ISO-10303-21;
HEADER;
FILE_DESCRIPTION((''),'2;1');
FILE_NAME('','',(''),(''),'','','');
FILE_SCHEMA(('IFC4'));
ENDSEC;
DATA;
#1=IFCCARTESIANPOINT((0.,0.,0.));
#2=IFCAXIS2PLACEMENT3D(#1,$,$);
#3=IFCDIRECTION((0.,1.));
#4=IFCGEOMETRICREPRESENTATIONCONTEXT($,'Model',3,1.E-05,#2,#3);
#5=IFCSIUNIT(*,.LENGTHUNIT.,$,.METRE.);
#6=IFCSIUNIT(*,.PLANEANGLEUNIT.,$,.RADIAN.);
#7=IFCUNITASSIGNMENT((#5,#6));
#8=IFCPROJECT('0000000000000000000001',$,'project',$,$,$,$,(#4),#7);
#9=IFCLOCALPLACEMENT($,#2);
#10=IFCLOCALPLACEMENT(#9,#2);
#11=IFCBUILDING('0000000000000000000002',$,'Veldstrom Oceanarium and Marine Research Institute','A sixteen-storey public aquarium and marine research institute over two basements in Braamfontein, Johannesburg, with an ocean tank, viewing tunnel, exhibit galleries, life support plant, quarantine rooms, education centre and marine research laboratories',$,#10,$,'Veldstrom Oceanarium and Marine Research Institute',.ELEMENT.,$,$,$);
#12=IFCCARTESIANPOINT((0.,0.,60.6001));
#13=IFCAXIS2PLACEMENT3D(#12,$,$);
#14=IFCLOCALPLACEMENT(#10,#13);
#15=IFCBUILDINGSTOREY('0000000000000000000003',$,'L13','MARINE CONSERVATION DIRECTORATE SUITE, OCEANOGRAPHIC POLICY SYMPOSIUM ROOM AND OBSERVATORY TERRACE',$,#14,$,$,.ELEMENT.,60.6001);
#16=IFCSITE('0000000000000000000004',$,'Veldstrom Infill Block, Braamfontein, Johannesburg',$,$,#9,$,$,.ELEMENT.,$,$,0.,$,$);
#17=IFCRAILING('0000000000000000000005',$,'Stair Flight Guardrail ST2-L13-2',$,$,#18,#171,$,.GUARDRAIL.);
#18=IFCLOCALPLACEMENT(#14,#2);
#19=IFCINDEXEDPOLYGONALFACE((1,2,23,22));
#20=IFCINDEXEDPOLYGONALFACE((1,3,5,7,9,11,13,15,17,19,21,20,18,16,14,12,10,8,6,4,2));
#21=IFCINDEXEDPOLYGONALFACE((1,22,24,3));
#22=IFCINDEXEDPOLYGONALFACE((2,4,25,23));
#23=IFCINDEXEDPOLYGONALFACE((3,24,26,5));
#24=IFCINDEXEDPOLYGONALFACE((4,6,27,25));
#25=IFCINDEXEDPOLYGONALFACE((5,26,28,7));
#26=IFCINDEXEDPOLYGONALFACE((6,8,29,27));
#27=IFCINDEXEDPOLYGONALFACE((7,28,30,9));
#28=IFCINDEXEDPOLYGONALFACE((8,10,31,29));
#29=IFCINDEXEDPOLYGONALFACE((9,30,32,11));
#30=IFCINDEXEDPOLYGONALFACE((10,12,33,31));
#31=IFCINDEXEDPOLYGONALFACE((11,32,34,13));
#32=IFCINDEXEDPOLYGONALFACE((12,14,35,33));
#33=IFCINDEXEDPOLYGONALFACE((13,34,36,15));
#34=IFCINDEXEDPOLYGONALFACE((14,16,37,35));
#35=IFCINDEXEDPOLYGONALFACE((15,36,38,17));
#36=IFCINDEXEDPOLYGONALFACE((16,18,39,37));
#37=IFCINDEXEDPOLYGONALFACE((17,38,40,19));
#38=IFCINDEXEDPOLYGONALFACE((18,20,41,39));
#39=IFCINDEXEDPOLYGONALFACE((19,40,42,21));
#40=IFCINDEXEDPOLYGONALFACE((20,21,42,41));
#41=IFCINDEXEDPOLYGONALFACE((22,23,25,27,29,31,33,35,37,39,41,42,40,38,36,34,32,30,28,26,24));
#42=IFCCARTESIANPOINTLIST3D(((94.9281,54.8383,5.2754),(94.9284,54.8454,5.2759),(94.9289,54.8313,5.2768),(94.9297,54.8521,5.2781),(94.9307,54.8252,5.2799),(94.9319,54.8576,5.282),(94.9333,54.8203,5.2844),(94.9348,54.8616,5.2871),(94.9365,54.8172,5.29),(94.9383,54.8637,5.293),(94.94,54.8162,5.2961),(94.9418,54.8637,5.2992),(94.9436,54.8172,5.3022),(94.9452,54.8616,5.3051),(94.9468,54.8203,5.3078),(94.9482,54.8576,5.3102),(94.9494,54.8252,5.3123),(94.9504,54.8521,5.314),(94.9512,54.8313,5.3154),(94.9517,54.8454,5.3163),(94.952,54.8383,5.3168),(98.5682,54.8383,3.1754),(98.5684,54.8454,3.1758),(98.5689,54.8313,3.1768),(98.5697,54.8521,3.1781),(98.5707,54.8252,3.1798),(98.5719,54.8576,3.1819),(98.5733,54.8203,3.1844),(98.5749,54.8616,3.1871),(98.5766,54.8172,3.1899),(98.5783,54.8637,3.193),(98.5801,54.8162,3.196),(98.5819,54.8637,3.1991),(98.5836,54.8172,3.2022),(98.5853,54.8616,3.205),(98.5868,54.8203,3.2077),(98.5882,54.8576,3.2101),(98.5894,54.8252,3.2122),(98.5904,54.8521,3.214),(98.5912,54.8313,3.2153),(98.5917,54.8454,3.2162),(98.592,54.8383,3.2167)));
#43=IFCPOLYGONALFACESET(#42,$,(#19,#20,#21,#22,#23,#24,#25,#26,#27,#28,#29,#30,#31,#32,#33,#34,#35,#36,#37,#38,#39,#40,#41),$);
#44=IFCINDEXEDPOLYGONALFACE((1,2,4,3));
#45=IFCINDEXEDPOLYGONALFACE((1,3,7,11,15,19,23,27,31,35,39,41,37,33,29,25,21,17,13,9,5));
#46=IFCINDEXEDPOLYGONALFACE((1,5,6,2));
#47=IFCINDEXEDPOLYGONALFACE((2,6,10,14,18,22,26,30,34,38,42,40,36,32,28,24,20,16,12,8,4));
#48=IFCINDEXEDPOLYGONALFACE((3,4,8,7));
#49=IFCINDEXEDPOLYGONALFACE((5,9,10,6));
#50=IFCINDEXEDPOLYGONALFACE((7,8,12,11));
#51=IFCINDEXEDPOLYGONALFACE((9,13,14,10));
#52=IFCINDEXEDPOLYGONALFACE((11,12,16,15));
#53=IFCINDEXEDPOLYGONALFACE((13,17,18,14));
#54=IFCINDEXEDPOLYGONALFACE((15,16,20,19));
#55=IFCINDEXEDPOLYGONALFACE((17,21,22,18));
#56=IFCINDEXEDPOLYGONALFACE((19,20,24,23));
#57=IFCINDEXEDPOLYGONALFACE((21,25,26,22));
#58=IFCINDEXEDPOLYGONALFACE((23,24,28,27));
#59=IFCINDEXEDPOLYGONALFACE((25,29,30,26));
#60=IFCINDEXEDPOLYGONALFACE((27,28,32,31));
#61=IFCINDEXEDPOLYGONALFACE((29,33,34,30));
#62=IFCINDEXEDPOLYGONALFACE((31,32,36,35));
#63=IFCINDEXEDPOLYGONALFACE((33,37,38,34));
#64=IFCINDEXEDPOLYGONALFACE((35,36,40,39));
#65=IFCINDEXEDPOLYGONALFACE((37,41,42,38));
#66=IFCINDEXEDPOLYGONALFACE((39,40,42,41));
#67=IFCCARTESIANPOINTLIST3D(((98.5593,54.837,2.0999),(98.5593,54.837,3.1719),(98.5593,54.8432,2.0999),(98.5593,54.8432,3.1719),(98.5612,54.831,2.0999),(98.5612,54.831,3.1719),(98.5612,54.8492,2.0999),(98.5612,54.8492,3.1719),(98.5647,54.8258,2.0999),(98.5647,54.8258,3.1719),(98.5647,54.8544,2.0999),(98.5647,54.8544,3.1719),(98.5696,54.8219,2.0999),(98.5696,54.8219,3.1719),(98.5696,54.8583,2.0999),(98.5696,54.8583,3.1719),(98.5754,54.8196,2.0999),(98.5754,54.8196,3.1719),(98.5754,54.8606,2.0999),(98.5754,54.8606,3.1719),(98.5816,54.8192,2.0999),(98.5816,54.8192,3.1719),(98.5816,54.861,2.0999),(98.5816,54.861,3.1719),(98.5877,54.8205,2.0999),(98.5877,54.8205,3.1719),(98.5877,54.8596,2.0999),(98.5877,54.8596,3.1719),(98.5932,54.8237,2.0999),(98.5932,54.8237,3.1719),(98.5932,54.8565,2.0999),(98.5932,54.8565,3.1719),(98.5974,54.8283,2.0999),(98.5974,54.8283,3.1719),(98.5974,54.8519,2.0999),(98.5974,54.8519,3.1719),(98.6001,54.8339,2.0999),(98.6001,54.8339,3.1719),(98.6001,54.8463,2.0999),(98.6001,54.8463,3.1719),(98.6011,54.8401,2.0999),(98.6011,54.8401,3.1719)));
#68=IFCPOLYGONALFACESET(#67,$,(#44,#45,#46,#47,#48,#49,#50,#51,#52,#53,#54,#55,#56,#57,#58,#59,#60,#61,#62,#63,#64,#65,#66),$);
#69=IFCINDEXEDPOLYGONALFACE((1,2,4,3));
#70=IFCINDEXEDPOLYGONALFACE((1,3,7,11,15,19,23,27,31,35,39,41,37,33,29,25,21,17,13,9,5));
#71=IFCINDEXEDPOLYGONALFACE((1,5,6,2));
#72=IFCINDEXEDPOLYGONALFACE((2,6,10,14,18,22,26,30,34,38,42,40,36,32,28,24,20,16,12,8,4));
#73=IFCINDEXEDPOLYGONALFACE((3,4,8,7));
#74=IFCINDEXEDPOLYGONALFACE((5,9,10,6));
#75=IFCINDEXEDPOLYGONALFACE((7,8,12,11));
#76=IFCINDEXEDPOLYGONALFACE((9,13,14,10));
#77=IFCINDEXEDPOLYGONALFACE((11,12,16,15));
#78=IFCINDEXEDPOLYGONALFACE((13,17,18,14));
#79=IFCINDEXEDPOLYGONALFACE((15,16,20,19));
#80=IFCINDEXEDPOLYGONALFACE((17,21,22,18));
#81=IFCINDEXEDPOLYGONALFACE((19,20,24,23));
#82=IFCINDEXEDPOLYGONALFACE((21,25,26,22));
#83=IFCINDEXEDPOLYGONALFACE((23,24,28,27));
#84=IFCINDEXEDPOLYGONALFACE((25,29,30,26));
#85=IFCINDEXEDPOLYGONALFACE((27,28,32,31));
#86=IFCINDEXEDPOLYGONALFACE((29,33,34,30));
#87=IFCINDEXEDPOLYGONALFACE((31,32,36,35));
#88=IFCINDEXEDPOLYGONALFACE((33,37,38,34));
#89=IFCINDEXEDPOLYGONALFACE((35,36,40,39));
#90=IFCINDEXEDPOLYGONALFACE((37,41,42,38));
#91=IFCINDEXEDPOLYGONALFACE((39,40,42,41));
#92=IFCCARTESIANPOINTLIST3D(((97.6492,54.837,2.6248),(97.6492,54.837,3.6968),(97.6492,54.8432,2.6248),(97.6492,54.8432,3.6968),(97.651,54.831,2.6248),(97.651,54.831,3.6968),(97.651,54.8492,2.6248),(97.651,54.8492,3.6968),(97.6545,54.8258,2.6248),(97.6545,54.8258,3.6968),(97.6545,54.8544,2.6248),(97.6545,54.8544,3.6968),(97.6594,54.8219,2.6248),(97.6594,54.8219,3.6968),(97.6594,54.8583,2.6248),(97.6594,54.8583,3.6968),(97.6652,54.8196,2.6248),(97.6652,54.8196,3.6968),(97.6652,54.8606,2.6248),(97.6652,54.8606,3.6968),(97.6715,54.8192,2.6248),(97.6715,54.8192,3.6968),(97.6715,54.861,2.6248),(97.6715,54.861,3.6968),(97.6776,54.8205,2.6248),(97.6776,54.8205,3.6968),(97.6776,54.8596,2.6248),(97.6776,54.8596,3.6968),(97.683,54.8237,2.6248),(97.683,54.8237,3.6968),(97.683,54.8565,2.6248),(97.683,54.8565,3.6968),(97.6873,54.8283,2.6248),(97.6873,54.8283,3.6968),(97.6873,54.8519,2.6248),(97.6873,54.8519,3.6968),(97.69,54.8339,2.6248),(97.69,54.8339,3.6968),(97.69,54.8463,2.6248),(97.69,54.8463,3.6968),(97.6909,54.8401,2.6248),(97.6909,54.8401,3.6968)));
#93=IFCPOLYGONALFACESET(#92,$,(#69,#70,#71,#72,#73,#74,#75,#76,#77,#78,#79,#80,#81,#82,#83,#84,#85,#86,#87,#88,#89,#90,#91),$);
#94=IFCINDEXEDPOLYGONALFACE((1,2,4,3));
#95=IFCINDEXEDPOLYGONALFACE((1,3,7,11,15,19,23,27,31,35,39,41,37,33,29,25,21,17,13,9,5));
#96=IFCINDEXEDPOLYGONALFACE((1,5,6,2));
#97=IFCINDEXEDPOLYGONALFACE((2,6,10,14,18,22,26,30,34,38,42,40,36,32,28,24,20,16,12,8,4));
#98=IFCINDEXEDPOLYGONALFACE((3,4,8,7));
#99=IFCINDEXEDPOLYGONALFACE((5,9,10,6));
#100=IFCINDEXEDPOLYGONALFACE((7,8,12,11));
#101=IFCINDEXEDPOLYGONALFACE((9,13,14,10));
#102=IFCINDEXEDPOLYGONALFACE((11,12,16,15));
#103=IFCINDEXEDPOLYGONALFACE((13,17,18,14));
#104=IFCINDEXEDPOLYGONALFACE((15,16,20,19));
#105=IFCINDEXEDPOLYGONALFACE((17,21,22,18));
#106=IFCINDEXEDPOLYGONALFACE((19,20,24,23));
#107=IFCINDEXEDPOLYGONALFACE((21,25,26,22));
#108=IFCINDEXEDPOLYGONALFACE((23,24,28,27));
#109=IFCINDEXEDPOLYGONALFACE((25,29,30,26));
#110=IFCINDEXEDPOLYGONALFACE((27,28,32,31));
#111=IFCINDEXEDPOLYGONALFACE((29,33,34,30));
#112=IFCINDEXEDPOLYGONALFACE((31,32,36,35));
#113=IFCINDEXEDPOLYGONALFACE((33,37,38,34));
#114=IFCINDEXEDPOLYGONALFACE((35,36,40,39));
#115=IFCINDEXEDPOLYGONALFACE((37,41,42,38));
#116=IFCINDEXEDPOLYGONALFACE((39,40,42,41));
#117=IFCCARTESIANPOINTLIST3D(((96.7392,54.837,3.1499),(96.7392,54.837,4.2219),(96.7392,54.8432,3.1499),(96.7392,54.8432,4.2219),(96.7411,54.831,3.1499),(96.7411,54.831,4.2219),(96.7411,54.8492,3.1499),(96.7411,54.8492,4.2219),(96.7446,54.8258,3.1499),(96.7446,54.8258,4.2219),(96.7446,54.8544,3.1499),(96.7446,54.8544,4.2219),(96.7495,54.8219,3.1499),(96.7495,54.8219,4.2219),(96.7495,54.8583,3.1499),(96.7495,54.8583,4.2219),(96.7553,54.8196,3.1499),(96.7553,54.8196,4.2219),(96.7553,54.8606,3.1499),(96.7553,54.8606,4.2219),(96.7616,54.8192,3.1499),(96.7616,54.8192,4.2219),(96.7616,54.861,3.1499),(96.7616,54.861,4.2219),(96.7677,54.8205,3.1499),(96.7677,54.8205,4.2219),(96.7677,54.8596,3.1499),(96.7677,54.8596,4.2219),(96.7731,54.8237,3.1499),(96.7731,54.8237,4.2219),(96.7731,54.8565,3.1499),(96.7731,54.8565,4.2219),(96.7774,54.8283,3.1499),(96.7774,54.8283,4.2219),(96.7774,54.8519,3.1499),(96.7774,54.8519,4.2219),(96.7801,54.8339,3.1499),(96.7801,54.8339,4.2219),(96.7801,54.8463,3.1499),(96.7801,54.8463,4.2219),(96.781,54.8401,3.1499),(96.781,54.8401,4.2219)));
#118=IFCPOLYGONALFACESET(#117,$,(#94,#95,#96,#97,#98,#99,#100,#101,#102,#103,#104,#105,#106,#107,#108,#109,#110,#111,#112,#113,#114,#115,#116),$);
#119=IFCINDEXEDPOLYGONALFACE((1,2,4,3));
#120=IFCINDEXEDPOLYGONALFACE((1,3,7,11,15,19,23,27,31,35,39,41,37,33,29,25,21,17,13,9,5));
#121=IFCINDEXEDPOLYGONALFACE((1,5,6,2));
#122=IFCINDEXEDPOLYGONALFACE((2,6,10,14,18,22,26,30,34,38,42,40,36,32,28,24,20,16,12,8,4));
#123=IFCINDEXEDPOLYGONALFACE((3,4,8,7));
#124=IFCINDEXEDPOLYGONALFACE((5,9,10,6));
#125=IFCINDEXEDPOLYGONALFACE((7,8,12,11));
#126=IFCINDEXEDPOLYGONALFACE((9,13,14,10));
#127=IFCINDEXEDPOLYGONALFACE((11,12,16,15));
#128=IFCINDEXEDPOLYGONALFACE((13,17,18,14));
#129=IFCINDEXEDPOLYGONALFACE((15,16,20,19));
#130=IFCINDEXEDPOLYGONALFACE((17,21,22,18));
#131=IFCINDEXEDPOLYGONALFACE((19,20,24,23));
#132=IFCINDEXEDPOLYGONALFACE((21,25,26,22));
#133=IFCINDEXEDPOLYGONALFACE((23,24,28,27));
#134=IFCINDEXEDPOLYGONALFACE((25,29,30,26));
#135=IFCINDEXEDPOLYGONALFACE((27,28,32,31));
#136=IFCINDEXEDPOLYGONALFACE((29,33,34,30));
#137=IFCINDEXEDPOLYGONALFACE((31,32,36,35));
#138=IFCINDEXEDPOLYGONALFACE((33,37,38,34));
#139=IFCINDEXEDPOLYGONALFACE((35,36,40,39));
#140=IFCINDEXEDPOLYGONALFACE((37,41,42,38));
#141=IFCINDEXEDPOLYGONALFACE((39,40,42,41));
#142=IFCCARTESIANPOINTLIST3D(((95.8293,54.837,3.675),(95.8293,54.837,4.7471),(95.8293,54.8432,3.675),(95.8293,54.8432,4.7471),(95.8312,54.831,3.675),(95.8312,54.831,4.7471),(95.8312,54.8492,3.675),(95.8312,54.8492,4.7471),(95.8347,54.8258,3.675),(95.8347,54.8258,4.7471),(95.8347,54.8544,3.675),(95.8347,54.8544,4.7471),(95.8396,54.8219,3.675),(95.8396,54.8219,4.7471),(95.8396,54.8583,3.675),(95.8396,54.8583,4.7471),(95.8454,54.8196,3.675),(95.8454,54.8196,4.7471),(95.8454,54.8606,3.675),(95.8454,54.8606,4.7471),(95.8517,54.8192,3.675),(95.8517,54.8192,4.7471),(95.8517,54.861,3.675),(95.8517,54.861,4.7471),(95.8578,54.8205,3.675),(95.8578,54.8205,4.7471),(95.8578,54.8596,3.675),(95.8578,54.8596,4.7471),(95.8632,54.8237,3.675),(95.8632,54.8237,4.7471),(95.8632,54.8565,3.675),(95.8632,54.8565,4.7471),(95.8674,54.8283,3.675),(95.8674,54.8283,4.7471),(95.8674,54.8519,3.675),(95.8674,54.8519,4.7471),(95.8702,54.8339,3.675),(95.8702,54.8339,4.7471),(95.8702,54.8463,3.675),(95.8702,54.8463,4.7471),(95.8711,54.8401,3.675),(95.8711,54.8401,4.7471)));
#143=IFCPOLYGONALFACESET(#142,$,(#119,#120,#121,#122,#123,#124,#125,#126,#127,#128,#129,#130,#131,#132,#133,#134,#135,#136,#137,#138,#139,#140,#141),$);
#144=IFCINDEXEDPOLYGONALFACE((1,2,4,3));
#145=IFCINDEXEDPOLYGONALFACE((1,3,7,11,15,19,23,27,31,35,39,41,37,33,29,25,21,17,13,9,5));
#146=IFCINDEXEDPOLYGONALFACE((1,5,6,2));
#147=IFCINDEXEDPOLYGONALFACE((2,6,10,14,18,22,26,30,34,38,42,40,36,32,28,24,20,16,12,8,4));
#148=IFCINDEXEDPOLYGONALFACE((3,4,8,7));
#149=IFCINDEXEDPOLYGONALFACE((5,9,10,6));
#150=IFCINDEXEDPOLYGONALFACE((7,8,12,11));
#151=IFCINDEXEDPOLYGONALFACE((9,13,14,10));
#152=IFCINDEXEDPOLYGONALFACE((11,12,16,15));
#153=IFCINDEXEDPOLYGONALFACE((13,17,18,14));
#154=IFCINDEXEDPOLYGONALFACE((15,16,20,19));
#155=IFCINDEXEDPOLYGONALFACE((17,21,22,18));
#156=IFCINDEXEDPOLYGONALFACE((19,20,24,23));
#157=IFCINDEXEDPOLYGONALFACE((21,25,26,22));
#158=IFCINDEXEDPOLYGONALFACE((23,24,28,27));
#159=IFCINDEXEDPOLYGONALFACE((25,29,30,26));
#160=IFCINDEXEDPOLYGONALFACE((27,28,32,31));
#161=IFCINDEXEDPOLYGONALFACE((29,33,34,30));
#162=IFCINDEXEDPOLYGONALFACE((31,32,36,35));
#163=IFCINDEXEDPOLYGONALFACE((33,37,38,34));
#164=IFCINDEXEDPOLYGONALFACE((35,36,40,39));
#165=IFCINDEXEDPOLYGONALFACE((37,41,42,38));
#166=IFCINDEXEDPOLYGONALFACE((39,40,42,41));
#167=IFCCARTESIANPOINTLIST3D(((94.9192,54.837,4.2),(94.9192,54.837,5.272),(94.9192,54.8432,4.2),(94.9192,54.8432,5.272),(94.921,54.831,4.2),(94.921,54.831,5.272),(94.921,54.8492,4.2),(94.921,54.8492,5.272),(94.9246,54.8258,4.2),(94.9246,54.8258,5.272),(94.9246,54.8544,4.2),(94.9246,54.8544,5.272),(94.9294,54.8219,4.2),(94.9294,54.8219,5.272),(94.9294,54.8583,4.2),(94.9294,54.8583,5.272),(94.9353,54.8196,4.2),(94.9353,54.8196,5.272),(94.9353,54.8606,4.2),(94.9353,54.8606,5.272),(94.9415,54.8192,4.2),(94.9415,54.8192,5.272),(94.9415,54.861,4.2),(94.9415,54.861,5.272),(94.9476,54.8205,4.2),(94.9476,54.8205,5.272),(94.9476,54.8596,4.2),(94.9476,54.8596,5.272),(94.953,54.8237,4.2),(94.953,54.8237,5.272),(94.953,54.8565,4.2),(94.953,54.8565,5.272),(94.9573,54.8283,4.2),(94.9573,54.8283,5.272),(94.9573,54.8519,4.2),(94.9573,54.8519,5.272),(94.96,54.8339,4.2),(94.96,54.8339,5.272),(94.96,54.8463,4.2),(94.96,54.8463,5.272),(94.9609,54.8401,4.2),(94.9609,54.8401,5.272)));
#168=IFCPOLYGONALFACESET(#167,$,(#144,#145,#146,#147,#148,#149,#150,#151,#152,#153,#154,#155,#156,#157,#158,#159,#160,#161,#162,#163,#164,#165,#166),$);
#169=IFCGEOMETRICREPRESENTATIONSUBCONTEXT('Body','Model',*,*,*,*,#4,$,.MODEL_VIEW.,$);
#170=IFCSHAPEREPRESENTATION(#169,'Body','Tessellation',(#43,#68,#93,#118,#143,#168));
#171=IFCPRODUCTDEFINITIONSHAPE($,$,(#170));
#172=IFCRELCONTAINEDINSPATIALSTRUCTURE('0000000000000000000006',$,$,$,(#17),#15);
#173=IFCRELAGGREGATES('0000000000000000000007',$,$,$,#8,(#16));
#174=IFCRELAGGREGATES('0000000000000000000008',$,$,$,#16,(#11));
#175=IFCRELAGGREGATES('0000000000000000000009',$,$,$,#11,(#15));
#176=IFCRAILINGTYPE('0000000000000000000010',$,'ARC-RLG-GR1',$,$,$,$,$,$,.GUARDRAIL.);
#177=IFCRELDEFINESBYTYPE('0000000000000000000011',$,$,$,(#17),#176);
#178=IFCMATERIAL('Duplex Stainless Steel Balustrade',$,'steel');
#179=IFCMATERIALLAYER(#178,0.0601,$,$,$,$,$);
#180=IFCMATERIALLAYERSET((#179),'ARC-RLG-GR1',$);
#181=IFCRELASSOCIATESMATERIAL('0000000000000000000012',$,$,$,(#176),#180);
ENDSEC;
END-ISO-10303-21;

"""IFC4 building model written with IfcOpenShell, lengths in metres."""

from ifc_helpers import new_model, si_unit, direction, frame, origin, origin_2d, place, context, subcontext, project, spatial, circle, extrude, material, layer, layer_set, type_object, element, save


model = new_model("IFC4")

# Units and contexts
model_context = context("Model", 3, precision=1e-05, world=origin(), true_north=direction((0.0, 1.0)))
body_context = subcontext(model_context, "Body", "Model", "MODEL_VIEW")
ifc_project = project(units=[si_unit("LENGTHUNIT", "METRE"), si_unit("PLANEANGLEUNIT", "RADIAN")], contexts=[model_context])

# Site, building, storey
site_placement = place(None, origin())
site = spatial("IfcSite", under=ifc_project, at=site_placement, Name="Veldstrom Infill Block, Braamfontein, Johannesburg", CompositionType="ELEMENT", RefElevation=0.0)
building_placement = place(site_placement, origin())
building = spatial("IfcBuilding", under=site, at=building_placement, Name="Veldstrom Oceanarium and Marine Research Institute", Description="A sixteen-storey public aquarium and marine research institute over two basements in Braamfontein, Johannesburg, with an ocean tank, viewing tunnel, exhibit galleries, life support plant, quarantine rooms, education centre and marine research laboratories", LongName="Veldstrom Oceanarium and Marine Research Institute", CompositionType="ELEMENT")
storey_placement = place(building_placement, frame((0.0, 0.0, 60.6001)))
storey = spatial("IfcBuildingStorey", under=building, at=storey_placement, Name="L13", Description="MARINE CONSERVATION DIRECTORATE SUITE, OCEANOGRAPHIC POLICY SYMPOSIUM ROOM AND OBSERVATORY TERRACE", CompositionType="ELEMENT", Elevation=60.6001)

# Railing
ifc_material_1 = material(Name="Duplex Stainless Steel Balustrade", Category="steel")
ifc_layer_1 = layer(ifc_material_1, 0.0601)
ifc_layer_set_1 = layer_set([ifc_layer_1], Name="ARC-RLG-GR1")
railing_type_1 = type_object("IfcRailingType", Name="ARC-RLG-GR1", PredefinedType="GUARDRAIL", material=ifc_layer_set_1)
railing_1_placement = place(storey_placement, frame((98.5801, 54.8401, 2.0999)))
element("IfcRailing", 1, at=railing_1_placement, inside=storey, type_object=railing_type_1, Name="Stair Flight Guardrail ST2-L13-2", PredefinedType="GUARDRAIL", context=body_context, shape_type="SweptSolid", body=[
    extrude(circle(Radius=0.0239, at=origin_2d()), frame((0.0, 0.0, 1.0962), z_axis=(-0.866184, 0.0, 0.499726), x_axis=(0.0, -1.0, 0.0)), (0.0, 0.0, 1.0), 4.2024),
    extrude(circle(Radius=0.021, at=origin_2d()), origin(), (0.0, 0.0, 1.0), 1.072),
    extrude(circle(Radius=0.021, at=origin_2d()), frame((-0.9102, 0.0, 0.5249)), (0.0, 0.0, 1.0), 1.072),
    extrude(circle(Radius=0.021, at=origin_2d()), frame((-1.8201, 0.0, 1.05)), (0.0, 0.0, 1.0), 1.072),
    extrude(circle(Radius=0.021, at=origin_2d()), frame((-2.73, 0.0, 1.5752)), (0.0, 0.0, 1.0), 1.072),
    extrude(circle(Radius=0.021, at=origin_2d()), frame((-3.6401, 0.0, 2.1001)), (0.0, 0.0, 1.0), 1.072),
])

save(model, "model.ifc")
